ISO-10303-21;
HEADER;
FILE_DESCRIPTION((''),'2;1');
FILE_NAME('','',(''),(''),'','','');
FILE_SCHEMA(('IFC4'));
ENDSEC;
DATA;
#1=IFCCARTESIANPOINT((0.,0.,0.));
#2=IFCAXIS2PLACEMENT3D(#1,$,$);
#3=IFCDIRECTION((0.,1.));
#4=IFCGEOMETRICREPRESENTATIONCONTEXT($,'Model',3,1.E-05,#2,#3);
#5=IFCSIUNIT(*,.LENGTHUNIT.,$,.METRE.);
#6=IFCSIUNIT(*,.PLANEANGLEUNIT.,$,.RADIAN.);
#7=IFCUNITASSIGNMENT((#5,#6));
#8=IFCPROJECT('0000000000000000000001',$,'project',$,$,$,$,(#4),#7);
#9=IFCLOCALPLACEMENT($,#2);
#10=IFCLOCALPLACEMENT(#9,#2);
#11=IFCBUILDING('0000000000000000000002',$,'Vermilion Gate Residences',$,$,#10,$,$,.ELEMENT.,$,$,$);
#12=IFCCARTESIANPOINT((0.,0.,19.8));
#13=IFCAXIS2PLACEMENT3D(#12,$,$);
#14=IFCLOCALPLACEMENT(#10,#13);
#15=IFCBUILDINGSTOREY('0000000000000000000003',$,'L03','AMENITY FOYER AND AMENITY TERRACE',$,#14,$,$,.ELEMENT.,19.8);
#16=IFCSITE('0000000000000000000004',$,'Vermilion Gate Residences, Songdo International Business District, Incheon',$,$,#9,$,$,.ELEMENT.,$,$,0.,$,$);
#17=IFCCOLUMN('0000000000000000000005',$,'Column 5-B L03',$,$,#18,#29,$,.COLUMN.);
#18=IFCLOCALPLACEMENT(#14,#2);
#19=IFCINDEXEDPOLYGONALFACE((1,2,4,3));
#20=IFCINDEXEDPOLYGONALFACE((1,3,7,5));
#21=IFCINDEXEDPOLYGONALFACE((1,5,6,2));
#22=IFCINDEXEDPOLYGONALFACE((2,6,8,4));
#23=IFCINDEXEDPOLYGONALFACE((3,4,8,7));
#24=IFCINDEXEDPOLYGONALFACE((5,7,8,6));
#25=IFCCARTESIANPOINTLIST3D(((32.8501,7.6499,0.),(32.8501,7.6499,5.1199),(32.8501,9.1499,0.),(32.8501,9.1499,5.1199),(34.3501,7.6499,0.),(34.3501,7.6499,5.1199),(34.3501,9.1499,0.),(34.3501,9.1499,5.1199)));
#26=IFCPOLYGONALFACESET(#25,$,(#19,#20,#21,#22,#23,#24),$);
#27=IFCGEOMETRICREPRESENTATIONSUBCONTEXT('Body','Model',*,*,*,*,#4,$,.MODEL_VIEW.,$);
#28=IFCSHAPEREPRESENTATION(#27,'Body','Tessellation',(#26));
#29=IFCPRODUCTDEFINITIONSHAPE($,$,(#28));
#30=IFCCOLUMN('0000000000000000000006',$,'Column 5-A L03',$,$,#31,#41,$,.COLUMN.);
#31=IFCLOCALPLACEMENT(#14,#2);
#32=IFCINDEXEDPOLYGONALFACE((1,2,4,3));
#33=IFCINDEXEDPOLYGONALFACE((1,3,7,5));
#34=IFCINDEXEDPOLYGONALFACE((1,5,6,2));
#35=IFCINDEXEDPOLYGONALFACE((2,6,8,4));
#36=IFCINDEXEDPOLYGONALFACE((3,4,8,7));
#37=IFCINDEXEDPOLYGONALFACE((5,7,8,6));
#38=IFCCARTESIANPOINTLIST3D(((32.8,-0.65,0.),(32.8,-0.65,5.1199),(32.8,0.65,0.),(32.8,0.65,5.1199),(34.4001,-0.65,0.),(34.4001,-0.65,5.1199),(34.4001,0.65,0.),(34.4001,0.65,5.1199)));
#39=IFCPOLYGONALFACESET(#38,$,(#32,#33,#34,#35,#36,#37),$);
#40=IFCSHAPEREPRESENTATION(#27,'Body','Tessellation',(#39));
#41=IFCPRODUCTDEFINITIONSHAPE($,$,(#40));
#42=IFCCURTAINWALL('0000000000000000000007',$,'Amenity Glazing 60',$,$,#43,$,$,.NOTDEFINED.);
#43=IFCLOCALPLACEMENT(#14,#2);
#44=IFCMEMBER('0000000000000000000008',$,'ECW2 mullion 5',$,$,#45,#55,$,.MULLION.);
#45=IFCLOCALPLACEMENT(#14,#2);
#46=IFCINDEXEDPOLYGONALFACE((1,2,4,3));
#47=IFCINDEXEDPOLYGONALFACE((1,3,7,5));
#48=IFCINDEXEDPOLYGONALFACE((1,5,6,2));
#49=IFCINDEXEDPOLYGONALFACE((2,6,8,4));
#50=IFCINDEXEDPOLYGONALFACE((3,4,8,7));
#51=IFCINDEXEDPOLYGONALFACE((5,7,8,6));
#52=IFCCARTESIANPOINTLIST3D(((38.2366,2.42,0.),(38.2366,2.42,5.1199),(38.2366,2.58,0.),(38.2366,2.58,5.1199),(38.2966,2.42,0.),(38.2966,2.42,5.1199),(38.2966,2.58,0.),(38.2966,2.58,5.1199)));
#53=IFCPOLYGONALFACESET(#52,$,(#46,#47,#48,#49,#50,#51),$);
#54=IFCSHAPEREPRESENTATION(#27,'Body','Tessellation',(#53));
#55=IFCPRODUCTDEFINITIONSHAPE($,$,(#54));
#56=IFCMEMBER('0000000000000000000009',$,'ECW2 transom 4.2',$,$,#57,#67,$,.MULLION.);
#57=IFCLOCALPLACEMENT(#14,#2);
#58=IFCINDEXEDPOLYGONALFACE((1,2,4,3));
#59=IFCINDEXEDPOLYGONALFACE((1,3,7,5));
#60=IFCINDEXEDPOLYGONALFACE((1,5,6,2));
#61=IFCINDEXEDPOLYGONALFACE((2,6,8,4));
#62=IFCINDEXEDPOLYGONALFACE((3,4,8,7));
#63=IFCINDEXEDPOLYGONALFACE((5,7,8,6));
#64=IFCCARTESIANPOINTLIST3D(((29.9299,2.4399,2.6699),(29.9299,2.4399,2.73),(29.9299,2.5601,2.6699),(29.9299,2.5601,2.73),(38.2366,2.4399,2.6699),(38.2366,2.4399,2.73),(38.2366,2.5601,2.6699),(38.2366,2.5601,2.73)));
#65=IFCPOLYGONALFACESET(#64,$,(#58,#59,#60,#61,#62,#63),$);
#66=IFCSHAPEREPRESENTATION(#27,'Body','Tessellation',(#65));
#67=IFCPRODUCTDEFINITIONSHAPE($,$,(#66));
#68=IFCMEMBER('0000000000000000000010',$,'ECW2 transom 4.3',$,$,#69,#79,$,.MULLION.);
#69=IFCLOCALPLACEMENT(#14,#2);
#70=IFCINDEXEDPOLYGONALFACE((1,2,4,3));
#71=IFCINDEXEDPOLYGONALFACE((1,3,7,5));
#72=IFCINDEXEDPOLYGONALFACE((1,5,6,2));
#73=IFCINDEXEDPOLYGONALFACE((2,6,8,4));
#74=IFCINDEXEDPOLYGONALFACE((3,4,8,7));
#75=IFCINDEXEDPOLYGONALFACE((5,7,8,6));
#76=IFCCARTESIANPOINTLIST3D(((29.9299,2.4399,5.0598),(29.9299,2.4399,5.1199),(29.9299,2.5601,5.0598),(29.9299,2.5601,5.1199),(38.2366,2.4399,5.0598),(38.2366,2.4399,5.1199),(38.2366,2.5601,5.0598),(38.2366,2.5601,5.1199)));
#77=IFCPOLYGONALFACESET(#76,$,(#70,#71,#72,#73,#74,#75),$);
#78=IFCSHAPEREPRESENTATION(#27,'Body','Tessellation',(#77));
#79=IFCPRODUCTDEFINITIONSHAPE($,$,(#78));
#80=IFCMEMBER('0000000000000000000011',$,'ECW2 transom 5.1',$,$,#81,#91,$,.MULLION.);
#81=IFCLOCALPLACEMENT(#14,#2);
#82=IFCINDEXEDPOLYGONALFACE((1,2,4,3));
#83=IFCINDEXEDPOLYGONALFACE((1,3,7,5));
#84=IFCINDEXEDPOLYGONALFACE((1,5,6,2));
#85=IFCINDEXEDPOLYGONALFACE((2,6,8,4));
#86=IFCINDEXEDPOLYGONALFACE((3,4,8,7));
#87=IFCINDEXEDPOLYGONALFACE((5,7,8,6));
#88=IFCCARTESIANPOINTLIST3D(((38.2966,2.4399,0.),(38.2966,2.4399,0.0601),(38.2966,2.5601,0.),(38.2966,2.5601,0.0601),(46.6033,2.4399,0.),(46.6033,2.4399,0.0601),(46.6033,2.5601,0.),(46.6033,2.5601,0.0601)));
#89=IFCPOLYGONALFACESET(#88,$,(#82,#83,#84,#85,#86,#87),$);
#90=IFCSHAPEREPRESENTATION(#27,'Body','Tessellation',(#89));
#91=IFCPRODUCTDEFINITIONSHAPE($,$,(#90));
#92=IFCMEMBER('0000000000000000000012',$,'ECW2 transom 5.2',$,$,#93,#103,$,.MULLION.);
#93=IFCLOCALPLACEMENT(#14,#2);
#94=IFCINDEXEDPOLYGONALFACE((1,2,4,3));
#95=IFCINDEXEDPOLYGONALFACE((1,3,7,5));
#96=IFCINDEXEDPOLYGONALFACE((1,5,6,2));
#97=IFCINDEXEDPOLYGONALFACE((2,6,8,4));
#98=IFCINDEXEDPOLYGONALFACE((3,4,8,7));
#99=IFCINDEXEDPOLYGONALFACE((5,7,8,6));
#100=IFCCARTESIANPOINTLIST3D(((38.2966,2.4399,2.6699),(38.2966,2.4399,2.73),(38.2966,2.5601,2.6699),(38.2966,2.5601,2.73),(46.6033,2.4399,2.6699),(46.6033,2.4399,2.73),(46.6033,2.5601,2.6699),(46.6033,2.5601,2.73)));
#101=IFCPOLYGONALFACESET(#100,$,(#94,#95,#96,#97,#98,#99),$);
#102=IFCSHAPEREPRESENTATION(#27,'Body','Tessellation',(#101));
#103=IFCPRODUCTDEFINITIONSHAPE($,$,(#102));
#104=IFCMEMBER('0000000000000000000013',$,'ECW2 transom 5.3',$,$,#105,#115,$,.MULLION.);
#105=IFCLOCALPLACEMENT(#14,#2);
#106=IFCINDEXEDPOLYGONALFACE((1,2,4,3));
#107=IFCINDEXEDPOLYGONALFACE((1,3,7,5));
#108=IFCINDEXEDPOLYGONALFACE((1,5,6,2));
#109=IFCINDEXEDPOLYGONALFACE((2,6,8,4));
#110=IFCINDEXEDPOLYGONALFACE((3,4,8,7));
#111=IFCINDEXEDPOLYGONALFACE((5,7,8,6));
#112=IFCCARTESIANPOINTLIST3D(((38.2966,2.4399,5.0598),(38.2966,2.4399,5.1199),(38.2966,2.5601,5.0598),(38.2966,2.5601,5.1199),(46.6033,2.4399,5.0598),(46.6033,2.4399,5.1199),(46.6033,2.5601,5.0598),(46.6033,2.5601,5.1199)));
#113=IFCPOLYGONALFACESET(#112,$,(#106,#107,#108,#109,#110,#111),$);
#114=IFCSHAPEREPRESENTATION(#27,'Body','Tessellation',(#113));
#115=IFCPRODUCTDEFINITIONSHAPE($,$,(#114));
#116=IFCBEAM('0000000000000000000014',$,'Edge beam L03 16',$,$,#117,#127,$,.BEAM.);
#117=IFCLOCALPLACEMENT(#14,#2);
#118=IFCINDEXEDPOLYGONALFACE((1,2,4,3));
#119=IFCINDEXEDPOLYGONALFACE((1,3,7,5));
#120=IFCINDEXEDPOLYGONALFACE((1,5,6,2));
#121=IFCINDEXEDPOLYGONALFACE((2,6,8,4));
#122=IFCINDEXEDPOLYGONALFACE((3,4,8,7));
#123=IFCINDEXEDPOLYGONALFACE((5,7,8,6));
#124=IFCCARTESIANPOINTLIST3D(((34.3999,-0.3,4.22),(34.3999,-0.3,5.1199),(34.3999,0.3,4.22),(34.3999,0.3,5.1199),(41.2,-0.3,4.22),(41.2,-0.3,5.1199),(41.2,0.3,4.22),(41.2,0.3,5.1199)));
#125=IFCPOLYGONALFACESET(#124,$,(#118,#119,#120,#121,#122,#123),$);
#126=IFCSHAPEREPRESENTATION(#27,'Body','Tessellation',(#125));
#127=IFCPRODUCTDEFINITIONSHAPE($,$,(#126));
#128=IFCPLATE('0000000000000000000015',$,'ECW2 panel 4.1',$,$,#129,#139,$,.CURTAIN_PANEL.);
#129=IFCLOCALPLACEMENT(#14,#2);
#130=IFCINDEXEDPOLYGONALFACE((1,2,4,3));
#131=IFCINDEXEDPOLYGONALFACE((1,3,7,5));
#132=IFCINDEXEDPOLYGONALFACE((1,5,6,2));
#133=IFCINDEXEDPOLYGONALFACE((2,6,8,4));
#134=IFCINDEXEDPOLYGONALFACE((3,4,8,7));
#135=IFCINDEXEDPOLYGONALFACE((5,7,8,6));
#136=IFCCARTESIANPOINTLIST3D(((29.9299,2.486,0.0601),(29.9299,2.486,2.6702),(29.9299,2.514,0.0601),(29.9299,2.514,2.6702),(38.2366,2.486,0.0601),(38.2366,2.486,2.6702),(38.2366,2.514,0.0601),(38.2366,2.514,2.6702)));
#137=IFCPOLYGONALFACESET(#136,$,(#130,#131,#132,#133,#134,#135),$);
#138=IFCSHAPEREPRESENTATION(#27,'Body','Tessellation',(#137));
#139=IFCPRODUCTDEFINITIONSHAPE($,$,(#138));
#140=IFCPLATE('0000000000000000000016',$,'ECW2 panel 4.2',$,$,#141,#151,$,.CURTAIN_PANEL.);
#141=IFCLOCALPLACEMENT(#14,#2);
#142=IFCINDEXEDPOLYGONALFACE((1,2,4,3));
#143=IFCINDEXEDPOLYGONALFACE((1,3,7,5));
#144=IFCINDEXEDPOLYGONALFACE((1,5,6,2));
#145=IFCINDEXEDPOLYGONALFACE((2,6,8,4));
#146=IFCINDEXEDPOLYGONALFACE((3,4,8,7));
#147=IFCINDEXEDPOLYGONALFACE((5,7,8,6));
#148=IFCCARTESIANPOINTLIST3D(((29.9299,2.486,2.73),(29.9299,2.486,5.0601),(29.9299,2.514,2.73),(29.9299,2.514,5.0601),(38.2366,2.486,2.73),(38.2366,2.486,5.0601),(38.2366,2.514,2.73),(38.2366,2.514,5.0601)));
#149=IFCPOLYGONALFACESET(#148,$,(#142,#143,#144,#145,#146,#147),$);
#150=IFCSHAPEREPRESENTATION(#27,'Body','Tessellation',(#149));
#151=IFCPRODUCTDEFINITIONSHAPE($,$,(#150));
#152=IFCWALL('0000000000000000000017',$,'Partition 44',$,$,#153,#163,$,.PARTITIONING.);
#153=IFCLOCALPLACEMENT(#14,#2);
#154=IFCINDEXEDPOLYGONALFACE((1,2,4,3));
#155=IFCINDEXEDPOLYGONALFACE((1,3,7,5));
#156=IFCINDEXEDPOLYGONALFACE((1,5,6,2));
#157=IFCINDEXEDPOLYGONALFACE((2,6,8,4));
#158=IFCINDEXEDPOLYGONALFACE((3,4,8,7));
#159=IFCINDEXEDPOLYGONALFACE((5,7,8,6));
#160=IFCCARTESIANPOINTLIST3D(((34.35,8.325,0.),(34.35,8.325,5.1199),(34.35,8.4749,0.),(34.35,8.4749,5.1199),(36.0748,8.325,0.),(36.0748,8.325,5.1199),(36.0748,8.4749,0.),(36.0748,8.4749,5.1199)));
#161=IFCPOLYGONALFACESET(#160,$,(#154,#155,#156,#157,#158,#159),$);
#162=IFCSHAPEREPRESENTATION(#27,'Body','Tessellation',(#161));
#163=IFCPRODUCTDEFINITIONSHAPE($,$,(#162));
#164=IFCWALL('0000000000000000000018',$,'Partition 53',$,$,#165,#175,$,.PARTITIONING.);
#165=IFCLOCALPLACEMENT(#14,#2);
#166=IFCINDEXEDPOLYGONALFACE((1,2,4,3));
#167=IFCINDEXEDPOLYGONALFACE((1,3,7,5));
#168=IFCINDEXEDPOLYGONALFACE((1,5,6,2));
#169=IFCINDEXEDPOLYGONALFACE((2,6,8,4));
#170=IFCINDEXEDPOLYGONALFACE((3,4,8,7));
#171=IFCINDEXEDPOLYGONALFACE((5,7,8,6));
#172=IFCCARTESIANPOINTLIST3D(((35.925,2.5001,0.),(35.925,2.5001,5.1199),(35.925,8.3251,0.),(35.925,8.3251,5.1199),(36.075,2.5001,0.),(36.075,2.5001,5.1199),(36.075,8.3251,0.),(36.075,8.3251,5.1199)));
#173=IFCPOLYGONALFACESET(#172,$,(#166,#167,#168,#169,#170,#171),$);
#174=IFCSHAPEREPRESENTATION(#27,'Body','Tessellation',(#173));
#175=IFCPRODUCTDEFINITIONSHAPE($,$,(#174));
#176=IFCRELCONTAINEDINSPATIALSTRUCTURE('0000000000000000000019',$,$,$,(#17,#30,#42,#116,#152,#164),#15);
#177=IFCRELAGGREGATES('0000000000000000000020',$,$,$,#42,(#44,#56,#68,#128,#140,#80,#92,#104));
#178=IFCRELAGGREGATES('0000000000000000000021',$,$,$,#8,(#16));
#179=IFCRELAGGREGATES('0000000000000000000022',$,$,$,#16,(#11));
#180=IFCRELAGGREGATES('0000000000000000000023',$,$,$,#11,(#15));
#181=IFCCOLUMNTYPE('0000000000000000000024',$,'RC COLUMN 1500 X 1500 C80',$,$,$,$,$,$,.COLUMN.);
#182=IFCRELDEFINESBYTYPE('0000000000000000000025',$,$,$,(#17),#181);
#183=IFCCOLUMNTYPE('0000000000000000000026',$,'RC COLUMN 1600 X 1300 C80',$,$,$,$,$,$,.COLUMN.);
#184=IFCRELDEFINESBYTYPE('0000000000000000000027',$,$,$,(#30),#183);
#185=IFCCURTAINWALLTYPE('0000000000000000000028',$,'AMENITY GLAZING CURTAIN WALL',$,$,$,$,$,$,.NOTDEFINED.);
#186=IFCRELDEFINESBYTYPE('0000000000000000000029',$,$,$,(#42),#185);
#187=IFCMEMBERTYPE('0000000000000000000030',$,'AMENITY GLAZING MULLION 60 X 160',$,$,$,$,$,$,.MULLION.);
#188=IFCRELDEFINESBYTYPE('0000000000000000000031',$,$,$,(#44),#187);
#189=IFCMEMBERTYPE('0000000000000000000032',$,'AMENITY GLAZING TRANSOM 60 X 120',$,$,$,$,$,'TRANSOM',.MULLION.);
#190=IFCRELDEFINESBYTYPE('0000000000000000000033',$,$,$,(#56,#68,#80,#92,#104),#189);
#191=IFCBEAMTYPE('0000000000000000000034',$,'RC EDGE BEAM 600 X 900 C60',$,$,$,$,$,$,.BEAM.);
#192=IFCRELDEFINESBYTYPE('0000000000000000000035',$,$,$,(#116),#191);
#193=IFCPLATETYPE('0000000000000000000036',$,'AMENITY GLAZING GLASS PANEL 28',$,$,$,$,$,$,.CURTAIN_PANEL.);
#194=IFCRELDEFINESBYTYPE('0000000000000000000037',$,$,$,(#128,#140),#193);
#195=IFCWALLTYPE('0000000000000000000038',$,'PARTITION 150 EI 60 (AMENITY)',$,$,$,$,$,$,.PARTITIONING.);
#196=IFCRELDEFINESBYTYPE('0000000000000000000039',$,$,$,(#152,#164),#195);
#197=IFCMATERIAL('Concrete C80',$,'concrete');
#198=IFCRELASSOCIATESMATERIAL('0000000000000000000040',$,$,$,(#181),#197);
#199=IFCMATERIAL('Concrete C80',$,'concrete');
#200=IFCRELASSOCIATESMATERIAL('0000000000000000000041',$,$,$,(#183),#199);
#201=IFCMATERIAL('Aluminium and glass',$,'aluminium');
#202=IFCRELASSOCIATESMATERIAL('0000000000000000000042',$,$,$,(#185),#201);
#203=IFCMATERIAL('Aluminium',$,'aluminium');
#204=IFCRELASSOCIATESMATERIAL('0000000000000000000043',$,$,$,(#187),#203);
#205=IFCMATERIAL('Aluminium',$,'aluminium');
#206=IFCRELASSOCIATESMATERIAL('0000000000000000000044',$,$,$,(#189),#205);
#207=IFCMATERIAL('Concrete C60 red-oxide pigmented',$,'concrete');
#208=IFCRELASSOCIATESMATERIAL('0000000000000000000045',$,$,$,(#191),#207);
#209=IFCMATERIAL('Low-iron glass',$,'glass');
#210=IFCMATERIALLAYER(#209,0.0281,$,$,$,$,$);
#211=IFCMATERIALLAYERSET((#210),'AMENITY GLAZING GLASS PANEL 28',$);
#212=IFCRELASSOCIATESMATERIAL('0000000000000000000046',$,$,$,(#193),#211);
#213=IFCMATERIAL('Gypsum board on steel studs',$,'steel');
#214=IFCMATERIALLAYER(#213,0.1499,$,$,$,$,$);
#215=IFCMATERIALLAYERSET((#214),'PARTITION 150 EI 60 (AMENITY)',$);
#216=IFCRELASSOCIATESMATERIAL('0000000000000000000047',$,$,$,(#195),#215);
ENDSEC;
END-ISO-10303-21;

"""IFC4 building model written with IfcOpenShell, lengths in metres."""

from ifc_helpers import new_model, si_unit, direction, frame, frame_2d, origin, origin_2d, place, context, subcontext, project, spatial, rectangle, extrude, material, layer, layer_set, material_profile, profile_set, type_object, element, aggregate, save


model = new_model("IFC4")

# Units and contexts
model_context = context("Model", 3, precision=1e-05, world=origin(), true_north=direction((0.0, 1.0)))
body_context = subcontext(model_context, "Body", "Model", "MODEL_VIEW")
ifc_project = project(units=[si_unit("LENGTHUNIT", "METRE"), si_unit("PLANEANGLEUNIT", "RADIAN")], contexts=[model_context])

# Site, building, storey
site_placement = place(None, origin())
site = spatial("IfcSite", under=ifc_project, at=site_placement, Name="Vermilion Gate Residences, Songdo International Business District, Incheon", CompositionType="ELEMENT", RefElevation=0.0)
building_placement = place(site_placement, origin())
building = spatial("IfcBuilding", under=site, at=building_placement, Name="Vermilion Gate Residences", CompositionType="ELEMENT")
storey_placement = place(building_placement, frame((0.0, 0.0, 19.8)))
storey = spatial("IfcBuildingStorey", under=building, at=storey_placement, Name="L03", Description="AMENITY FOYER AND AMENITY TERRACE", CompositionType="ELEMENT", Elevation=19.8)

# Columns
ifc_material_1 = material(Name="Concrete C80", Category="concrete")
ifc_material_profile_1 = material_profile(ifc_material_1, rectangle(XDim=1.5, YDim=1.5, at=origin_2d()), Name="RC-1500x1500")
ifc_profile_set_1 = profile_set([ifc_material_profile_1], Name="Concrete C80")
column_type_1 = type_object("IfcColumnType", Name="RC COLUMN 1500 X 1500 C80", PredefinedType="COLUMN", material=ifc_profile_set_1)
column_1_placement = place(storey_placement, frame((33.6001, 8.3999, 0.0), z_axis=(0.0, 0.0, 1.0), x_axis=(1.0, 0.0, 0.0)))
element("IfcColumn", 1, at=column_1_placement, inside=storey, type_object=column_type_1, Name="Column 5-B L03", PredefinedType="COLUMN", context=body_context, shape_type="SweptSolid", body=[
    extrude(rectangle(XDim=1.5, YDim=1.5, at=origin_2d()), origin(), (0.0, 0.0, 1.0), 5.1199),
])
ifc_material_2 = material(Name="Concrete C80", Category="concrete")
ifc_material_profile_2 = material_profile(ifc_material_2, rectangle(XDim=1.6001, YDim=1.3, at=origin_2d()), Name="RC-1600x1300")
ifc_profile_set_2 = profile_set([ifc_material_profile_2], Name="Concrete C80")
column_type_2 = type_object("IfcColumnType", Name="RC COLUMN 1600 X 1300 C80", PredefinedType="COLUMN", material=ifc_profile_set_2)
column_2_placement = place(storey_placement, frame((33.6001, 0.0, 0.0), z_axis=(0.0, 0.0, 1.0), x_axis=(1.0, 0.0, 0.0)))
element("IfcColumn", 2, at=column_2_placement, inside=storey, type_object=column_type_2, Name="Column 5-A L03", PredefinedType="COLUMN", context=body_context, shape_type="SweptSolid", body=[
    extrude(rectangle(XDim=1.6001, YDim=1.3, at=origin_2d()), origin(), (0.0, 0.0, 1.0), 5.1199),
])

# Curtain wall, members
ifc_material_3 = material(Name="Aluminium and glass", Category="aluminium")
curtain_wall_type = type_object("IfcCurtainWallType", Name="AMENITY GLAZING CURTAIN WALL", PredefinedType="NOTDEFINED", material=ifc_material_3)
curtain_wall_placement = place(storey_placement, origin())
curtain_wall = element("IfcCurtainWall", 3, at=curtain_wall_placement, inside=storey, type_object=curtain_wall_type, Name="Amenity Glazing 60", PredefinedType="NOTDEFINED")
ifc_material_4 = material(Name="Aluminium", Category="aluminium")
ifc_material_profile_3 = material_profile(ifc_material_4, rectangle(XDim=0.1599, YDim=0.0601, at=origin_2d()), Name="MULLION 60 X 160")
ifc_profile_set_3 = profile_set([ifc_material_profile_3], Name="Aluminium")
member_type_1 = type_object("IfcMemberType", Name="AMENITY GLAZING MULLION 60 X 160", PredefinedType="MULLION", material=ifc_profile_set_3)
member_1_placement = place(storey_placement, frame((38.2666, 2.5, 0.0), z_axis=(0.0, 0.0, 1.0), x_axis=(0.0, 1.0, 0.0)))
member_1 = element("IfcMember", 4, at=member_1_placement, type_object=member_type_1, Name="ECW2 mullion 5", PredefinedType="MULLION", context=body_context, shape_type="SweptSolid", body=[
    extrude(rectangle(XDim=0.1599, YDim=0.0601, at=origin_2d()), origin(), (0.0, 0.0, 1.0), 5.1199),
])
ifc_material_5 = material(Name="Aluminium", Category="aluminium")
ifc_material_profile_4 = material_profile(ifc_material_5, rectangle(XDim=0.1201, YDim=0.0601, at=origin_2d()), Name="TRANSOM 60 X 120")
ifc_profile_set_4 = profile_set([ifc_material_profile_4], Name="Aluminium")
member_type_2 = type_object("IfcMemberType", Name="AMENITY GLAZING TRANSOM 60 X 120", ElementType="TRANSOM", PredefinedType="MULLION", material=ifc_profile_set_4)
member_2_placement = place(storey_placement, frame((29.9299, 2.5, 2.7), z_axis=(1.0, 0.0, 0.0), x_axis=(0.0, 1.0, 0.0)))
member_2 = element("IfcMember", 5, at=member_2_placement, type_object=member_type_2, Name="ECW2 transom 4.2", PredefinedType="MULLION", context=body_context, shape_type="SweptSolid", body=[
    extrude(rectangle(XDim=0.1201, YDim=0.0601, at=origin_2d()), origin(), (0.0, 0.0, 1.0), 8.3066),
])
member_3_placement = place(storey_placement, frame((29.9299, 2.5, 5.0898), z_axis=(1.0, 0.0, 0.0), x_axis=(0.0, 1.0, 0.0)))
member_3 = element("IfcMember", 6, at=member_3_placement, type_object=member_type_2, Name="ECW2 transom 4.3", PredefinedType="MULLION", context=body_context, shape_type="SweptSolid", body=[
    extrude(rectangle(XDim=0.1201, YDim=0.0601, at=origin_2d()), origin(), (0.0, 0.0, 1.0), 8.3066),
])
member_4_placement = place(storey_placement, frame((38.2966, 2.5, 0.03), z_axis=(1.0, 0.0, 0.0), x_axis=(0.0, 1.0, 0.0)))
member_4 = element("IfcMember", 7, at=member_4_placement, type_object=member_type_2, Name="ECW2 transom 5.1", PredefinedType="MULLION", context=body_context, shape_type="SweptSolid", body=[
    extrude(rectangle(XDim=0.1201, YDim=0.0601, at=origin_2d()), origin(), (0.0, 0.0, 1.0), 8.3066),
])
member_5_placement = place(storey_placement, frame((38.2966, 2.5, 2.7), z_axis=(1.0, 0.0, 0.0), x_axis=(0.0, 1.0, 0.0)))
member_5 = element("IfcMember", 8, at=member_5_placement, type_object=member_type_2, Name="ECW2 transom 5.2", PredefinedType="MULLION", context=body_context, shape_type="SweptSolid", body=[
    extrude(rectangle(XDim=0.1201, YDim=0.0601, at=origin_2d()), origin(), (0.0, 0.0, 1.0), 8.3066),
])
member_6_placement = place(storey_placement, frame((38.2966, 2.5, 5.0898), z_axis=(1.0, 0.0, 0.0), x_axis=(0.0, 1.0, 0.0)))
member_6 = element("IfcMember", 9, at=member_6_placement, type_object=member_type_2, Name="ECW2 transom 5.3", PredefinedType="MULLION", context=body_context, shape_type="SweptSolid", body=[
    extrude(rectangle(XDim=0.1201, YDim=0.0601, at=origin_2d()), origin(), (0.0, 0.0, 1.0), 8.3066),
])

# Beam
ifc_material_6 = material(Name="Concrete C60 red-oxide pigmented", Category="concrete")
ifc_material_profile_5 = material_profile(ifc_material_6, rectangle(XDim=0.6001, YDim=0.8999, at=origin_2d()), Name="RC-600x900")
ifc_profile_set_5 = profile_set([ifc_material_profile_5], Name="Concrete C60 red-oxide pigmented")
beam_type = type_object("IfcBeamType", Name="RC EDGE BEAM 600 X 900 C60", PredefinedType="BEAM", material=ifc_profile_set_5)
beam_placement = place(storey_placement, frame((34.3999, 0.0, 4.6699), z_axis=(1.0, 0.0, 0.0), x_axis=(0.0, 1.0, 0.0)))
element("IfcBeam", 10, at=beam_placement, inside=storey, type_object=beam_type, Name="Edge beam L03 16", PredefinedType="BEAM", context=body_context, shape_type="SweptSolid", body=[
    extrude(rectangle(XDim=0.6001, YDim=0.8999, at=origin_2d()), origin(), (0.0, 0.0, 1.0), 6.8),
])

# Plates
ifc_material_7 = material(Name="Low-iron glass", Category="glass")
ifc_layer_1 = layer(ifc_material_7, 0.0281)
ifc_layer_set_1 = layer_set([ifc_layer_1], Name="AMENITY GLAZING GLASS PANEL 28")
plate_type = type_object("IfcPlateType", Name="AMENITY GLAZING GLASS PANEL 28", PredefinedType="CURTAIN_PANEL", material=ifc_layer_set_1)
plate_1_placement = place(storey_placement, frame((34.0833, 2.5, 0.0601), z_axis=(0.0, 0.0, 1.0), x_axis=(1.0, 0.0, 0.0)))
plate_1 = element("IfcPlate", 11, at=plate_1_placement, type_object=plate_type, Name="ECW2 panel 4.1", PredefinedType="CURTAIN_PANEL", context=body_context, shape_type="SweptSolid", body=[
    extrude(rectangle(XDim=8.3066, YDim=0.0281, at=origin_2d()), origin(), (0.0, 0.0, 1.0), 2.6101),
])
plate_2_placement = place(storey_placement, frame((34.0833, 2.5, 2.73), z_axis=(0.0, 0.0, 1.0), x_axis=(1.0, 0.0, 0.0)))
plate_2 = element("IfcPlate", 12, at=plate_2_placement, type_object=plate_type, Name="ECW2 panel 4.2", PredefinedType="CURTAIN_PANEL", context=body_context, shape_type="SweptSolid", body=[
    extrude(rectangle(XDim=8.3066, YDim=0.0281, at=origin_2d()), origin(), (0.0, 0.0, 1.0), 2.3301),
])
aggregate(curtain_wall, [member_1, member_2, member_3, plate_1, plate_2, member_4, member_5, member_6])

# Walls
ifc_material_8 = material(Name="Gypsum board on steel studs", Category="steel")
ifc_layer_2 = layer(ifc_material_8, 0.1499)
ifc_layer_set_2 = layer_set([ifc_layer_2], Name="PARTITION 150 EI 60 (AMENITY)")
wall_type = type_object("IfcWallType", Name="PARTITION 150 EI 60 (AMENITY)", PredefinedType="PARTITIONING", material=ifc_layer_set_2)
wall_1_placement = place(storey_placement, frame((34.3501, 8.3999, 0.0), z_axis=(0.0, 0.0, 1.0), x_axis=(1.0, 0.0, 0.0)))
element("IfcWall", 13, at=wall_1_placement, inside=storey, type_object=wall_type, Name="Partition 44", PredefinedType="PARTITIONING", context=body_context, shape_type="SweptSolid", body=[
    extrude(rectangle(XDim=1.7249, YDim=0.1499, at=frame_2d((0.8623, 0.0))), origin(), (0.0, 0.0, 1.0), 5.1199),
])
wall_2_placement = place(storey_placement, frame((36.0, 2.5, 0.0), z_axis=(0.0, 0.0, 1.0), x_axis=(0.0, 1.0, 0.0)))
element("IfcWall", 14, at=wall_2_placement, inside=storey, type_object=wall_type, Name="Partition 53", PredefinedType="PARTITIONING", context=body_context, shape_type="SweptSolid", body=[
    extrude(rectangle(XDim=5.825, YDim=0.1499, at=frame_2d((2.9126, 0.0))), origin(), (0.0, 0.0, 1.0), 5.1199),
])

save(model, "model.ifc")
